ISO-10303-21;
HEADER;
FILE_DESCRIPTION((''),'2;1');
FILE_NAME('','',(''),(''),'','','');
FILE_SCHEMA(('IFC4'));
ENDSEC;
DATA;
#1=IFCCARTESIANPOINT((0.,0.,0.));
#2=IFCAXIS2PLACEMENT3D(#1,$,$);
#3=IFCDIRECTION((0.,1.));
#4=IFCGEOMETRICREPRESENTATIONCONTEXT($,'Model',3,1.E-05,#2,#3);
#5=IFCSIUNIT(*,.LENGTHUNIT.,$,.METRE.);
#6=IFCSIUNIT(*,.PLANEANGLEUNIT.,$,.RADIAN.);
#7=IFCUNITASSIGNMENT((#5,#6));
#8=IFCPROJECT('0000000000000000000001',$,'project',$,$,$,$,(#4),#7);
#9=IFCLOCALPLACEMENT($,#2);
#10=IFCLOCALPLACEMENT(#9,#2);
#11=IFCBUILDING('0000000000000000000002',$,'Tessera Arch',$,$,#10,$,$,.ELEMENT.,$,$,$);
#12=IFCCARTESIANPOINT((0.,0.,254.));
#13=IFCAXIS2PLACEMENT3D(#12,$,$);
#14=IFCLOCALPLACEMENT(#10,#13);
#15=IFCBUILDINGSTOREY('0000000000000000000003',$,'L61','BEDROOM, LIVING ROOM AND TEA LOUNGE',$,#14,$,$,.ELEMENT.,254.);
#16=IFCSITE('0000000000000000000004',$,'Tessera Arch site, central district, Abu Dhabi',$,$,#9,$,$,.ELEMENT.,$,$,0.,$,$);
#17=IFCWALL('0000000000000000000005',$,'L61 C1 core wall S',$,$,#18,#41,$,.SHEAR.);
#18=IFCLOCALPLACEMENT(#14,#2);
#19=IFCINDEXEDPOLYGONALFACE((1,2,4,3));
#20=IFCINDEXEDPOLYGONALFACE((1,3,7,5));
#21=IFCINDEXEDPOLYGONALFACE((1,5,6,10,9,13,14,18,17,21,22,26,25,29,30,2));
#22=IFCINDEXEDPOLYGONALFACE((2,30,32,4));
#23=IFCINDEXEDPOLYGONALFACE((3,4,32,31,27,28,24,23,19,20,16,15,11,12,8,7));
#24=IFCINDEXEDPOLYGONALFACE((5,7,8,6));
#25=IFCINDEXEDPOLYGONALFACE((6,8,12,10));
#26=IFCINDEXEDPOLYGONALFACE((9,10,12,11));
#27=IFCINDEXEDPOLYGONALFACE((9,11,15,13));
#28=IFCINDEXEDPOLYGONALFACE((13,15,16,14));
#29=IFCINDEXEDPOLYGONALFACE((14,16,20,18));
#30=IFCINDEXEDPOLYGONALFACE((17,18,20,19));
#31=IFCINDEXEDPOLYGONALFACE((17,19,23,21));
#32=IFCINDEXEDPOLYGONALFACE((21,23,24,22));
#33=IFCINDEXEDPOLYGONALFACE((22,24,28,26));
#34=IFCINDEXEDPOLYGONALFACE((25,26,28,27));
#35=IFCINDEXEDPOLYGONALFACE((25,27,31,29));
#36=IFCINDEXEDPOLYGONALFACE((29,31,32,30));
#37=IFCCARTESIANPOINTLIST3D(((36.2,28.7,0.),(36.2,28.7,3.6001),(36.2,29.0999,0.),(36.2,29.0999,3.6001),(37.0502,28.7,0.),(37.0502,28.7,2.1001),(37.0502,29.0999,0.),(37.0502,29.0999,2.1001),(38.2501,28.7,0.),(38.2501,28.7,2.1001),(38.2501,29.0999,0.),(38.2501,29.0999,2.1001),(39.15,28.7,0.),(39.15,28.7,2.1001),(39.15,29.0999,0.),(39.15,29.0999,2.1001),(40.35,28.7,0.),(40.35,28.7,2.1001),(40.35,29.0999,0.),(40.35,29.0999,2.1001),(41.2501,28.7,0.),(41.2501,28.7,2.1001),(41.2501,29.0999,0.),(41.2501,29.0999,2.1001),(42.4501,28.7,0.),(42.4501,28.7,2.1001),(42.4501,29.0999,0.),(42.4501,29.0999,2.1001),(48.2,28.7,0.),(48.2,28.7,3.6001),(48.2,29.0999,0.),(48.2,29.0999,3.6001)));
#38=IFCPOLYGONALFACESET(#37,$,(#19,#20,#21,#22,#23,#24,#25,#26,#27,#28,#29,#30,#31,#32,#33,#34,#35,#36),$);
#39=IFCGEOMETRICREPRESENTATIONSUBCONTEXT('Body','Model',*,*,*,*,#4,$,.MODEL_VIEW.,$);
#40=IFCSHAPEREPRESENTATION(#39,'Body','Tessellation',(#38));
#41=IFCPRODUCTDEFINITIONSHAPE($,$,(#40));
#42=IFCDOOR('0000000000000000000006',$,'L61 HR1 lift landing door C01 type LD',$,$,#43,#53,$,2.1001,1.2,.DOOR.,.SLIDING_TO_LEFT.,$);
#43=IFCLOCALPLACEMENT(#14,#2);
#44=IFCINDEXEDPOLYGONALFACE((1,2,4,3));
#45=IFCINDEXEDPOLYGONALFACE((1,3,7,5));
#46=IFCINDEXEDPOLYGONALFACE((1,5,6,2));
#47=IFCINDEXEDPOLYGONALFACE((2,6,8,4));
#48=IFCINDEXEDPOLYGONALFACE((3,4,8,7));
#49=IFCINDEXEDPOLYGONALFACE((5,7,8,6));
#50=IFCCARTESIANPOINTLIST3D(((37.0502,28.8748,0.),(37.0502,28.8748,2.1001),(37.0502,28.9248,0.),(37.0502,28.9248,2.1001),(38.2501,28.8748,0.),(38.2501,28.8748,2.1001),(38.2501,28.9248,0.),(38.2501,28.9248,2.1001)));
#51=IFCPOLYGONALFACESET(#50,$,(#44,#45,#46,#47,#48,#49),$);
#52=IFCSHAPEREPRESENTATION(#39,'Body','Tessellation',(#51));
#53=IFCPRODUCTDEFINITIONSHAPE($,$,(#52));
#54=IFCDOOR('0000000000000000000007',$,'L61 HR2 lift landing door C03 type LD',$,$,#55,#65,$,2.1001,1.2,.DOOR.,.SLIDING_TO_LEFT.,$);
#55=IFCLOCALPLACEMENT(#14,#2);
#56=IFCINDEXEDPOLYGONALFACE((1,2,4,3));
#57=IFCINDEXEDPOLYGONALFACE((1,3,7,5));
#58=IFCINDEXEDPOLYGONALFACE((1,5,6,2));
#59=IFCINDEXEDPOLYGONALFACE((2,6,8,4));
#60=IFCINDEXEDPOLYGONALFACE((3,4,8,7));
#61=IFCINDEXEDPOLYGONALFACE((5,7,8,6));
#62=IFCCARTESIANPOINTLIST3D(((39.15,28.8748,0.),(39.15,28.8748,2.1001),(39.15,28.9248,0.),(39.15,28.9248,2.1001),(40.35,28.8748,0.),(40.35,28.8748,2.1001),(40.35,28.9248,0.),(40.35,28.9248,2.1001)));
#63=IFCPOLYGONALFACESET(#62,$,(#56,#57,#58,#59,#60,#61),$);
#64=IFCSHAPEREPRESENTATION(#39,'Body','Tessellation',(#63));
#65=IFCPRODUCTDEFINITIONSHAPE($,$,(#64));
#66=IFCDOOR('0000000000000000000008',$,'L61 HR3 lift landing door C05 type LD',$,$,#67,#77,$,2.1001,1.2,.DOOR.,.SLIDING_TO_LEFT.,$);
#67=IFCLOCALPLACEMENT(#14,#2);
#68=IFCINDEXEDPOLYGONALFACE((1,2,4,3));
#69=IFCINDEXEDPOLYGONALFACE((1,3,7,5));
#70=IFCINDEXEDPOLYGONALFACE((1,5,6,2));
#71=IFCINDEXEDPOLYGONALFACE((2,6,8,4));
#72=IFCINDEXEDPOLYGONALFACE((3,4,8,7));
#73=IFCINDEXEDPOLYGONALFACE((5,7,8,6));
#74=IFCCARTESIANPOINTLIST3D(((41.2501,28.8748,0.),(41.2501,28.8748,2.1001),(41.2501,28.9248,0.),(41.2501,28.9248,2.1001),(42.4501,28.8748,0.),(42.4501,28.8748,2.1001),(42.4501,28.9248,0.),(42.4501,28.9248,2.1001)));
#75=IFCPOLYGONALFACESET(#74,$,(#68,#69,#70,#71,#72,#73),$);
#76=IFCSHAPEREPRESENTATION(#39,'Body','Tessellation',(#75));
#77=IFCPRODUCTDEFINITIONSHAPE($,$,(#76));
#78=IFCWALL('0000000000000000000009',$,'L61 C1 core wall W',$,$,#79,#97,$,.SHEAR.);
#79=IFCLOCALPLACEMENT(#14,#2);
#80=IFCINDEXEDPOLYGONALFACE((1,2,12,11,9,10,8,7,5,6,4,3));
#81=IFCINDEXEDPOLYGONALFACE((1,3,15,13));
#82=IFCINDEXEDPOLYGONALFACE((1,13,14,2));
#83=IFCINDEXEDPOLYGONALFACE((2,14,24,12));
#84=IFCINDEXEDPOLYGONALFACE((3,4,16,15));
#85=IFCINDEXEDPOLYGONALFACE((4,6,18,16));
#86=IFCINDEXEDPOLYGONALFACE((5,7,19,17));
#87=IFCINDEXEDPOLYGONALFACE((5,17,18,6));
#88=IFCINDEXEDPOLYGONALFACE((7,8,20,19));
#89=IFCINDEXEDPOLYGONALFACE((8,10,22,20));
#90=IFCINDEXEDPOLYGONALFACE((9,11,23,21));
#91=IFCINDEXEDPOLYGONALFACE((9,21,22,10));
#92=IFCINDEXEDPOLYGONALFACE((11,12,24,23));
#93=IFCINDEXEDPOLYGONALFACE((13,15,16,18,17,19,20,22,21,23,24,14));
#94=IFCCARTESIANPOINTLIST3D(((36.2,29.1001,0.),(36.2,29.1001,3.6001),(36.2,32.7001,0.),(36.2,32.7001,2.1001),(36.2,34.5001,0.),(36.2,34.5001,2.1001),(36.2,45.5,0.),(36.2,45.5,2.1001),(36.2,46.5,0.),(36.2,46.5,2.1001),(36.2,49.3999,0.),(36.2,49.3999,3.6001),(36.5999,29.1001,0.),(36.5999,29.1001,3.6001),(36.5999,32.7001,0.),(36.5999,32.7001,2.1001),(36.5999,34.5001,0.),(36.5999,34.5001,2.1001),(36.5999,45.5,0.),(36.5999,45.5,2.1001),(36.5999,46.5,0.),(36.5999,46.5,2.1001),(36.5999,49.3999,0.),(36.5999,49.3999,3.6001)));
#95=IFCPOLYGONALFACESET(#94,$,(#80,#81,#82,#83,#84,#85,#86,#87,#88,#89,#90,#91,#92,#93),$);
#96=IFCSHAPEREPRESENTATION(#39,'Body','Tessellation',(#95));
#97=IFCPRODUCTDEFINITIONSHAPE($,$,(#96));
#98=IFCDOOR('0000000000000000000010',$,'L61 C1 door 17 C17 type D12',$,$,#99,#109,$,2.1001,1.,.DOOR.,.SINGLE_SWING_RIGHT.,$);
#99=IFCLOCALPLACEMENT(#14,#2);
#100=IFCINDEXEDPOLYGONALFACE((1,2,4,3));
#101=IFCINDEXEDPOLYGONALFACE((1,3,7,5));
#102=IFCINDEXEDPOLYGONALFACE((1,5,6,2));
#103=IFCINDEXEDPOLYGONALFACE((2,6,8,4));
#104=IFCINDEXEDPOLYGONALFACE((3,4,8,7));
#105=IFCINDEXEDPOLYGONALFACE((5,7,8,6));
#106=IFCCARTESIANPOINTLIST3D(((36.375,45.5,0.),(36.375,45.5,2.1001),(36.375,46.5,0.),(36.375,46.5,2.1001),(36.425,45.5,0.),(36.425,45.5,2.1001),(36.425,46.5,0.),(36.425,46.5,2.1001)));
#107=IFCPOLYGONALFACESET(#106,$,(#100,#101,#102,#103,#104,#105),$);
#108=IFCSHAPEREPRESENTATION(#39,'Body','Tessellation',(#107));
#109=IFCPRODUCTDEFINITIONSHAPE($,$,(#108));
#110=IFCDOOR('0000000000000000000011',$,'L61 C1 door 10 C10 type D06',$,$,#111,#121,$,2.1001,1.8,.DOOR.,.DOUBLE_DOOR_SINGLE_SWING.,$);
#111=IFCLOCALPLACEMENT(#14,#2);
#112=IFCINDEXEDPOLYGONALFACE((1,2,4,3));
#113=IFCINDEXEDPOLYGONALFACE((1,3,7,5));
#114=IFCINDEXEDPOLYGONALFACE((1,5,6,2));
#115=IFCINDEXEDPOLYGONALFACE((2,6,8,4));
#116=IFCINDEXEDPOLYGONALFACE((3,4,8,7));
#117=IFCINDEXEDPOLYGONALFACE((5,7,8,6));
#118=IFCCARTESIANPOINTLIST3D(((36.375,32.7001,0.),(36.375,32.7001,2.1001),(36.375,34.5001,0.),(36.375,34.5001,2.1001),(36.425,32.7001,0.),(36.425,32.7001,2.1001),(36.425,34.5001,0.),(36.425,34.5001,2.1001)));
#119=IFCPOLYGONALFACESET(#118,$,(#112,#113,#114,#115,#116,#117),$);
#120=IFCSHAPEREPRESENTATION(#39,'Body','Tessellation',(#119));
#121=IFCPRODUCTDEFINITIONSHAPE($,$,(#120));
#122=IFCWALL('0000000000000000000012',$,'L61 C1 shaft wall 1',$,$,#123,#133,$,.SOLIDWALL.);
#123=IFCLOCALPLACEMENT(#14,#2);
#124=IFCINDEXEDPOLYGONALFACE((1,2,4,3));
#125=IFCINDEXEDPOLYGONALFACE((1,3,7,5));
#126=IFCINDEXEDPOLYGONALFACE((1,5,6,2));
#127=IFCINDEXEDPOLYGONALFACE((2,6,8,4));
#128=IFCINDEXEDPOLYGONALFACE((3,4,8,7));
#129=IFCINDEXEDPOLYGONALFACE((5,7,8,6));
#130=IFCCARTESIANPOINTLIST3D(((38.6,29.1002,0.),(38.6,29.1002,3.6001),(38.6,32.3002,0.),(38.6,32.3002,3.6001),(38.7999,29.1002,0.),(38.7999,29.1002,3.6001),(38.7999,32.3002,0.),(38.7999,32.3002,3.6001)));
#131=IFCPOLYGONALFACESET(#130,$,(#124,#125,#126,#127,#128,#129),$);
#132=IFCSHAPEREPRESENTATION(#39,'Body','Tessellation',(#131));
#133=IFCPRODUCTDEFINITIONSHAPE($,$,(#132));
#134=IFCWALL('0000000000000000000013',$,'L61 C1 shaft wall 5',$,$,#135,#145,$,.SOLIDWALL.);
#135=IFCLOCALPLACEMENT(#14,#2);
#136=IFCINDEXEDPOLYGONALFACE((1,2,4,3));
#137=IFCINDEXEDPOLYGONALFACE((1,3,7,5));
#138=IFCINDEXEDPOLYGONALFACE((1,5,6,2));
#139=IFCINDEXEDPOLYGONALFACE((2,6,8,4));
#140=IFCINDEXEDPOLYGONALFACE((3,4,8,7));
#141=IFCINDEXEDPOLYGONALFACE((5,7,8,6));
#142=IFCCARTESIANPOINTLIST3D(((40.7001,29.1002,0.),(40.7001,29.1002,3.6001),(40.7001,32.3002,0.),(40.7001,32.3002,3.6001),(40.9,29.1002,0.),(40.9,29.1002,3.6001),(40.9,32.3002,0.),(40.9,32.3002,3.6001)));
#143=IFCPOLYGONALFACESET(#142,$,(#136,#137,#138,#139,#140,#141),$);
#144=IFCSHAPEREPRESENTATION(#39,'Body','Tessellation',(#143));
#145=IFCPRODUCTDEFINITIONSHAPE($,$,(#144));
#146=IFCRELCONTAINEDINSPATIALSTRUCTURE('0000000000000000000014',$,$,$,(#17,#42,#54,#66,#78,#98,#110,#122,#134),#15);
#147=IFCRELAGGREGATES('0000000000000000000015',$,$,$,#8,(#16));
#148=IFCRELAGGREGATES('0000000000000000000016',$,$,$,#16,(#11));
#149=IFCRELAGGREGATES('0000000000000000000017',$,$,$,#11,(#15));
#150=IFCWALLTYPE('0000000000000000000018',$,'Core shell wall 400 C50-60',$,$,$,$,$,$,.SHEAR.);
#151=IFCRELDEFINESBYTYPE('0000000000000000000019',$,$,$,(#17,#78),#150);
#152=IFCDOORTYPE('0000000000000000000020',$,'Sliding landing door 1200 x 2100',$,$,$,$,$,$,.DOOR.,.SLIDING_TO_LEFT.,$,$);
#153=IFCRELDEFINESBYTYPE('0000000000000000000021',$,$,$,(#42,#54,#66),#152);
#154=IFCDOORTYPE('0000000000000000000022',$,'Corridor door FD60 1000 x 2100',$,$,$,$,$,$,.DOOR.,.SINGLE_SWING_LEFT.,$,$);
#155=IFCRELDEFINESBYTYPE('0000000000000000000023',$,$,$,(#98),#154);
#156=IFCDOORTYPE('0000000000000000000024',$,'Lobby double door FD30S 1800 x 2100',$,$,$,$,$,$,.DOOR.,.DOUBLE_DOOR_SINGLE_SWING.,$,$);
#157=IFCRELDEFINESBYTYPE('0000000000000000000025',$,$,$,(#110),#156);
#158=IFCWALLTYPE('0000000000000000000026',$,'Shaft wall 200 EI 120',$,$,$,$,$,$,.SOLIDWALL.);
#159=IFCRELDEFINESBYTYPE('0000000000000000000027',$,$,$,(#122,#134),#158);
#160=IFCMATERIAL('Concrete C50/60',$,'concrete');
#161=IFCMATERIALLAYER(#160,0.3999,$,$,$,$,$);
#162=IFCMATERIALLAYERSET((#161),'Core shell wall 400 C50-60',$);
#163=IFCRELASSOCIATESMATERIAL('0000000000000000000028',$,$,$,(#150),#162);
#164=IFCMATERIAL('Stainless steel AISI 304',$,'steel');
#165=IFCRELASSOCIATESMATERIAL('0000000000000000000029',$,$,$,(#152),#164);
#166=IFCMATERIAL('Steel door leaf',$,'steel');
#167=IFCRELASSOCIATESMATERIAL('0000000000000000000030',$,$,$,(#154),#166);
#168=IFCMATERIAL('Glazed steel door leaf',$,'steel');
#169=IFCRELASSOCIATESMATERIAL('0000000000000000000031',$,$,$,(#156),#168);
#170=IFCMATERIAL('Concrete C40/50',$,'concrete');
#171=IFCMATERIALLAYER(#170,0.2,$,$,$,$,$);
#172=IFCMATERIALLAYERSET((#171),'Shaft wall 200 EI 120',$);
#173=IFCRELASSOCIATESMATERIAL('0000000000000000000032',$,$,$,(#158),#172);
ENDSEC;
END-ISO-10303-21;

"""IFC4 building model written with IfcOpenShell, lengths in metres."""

from ifc_helpers import new_model, si_unit, direction, frame, frame_2d, origin, place, context, subcontext, project, spatial, rectangle, extrude, material, layer, layer_set, type_object, element, fill, save


model = new_model("IFC4")

# Units and contexts
model_context = context("Model", 3, precision=1e-05, world=origin(), true_north=direction((0.0, 1.0)))
body_context = subcontext(model_context, "Body", "Model", "MODEL_VIEW")
ifc_project = project(units=[si_unit("LENGTHUNIT", "METRE"), si_unit("PLANEANGLEUNIT", "RADIAN")], contexts=[model_context])

# Site, building, storey
site_placement = place(None, origin())
site = spatial("IfcSite", under=ifc_project, at=site_placement, Name="Tessera Arch site, central district, Abu Dhabi", CompositionType="ELEMENT", RefElevation=0.0)
building_placement = place(site_placement, origin())
building = spatial("IfcBuilding", under=site, at=building_placement, Name="Tessera Arch", CompositionType="ELEMENT")
storey_placement = place(building_placement, frame((0.0, 0.0, 254.0)))
storey = spatial("IfcBuildingStorey", under=building, at=storey_placement, Name="L61", Description="BEDROOM, LIVING ROOM AND TEA LOUNGE", CompositionType="ELEMENT", Elevation=254.0)

# Walls, openings, doors
ifc_material_1 = material(Name="Concrete C50/60", Category="concrete")
ifc_layer_1 = layer(ifc_material_1, 0.3999)
ifc_layer_set_1 = layer_set([ifc_layer_1], Name="Core shell wall 400 C50-60")
wall_type_1 = type_object("IfcWallType", Name="Core shell wall 400 C50-60", PredefinedType="SHEAR", material=ifc_layer_set_1)
wall_1_placement = place(storey_placement, frame((36.2, 28.8999, 0.0), z_axis=(0.0, 0.0, 1.0), x_axis=(1.0, 0.0, 0.0)))
wall_1 = element("IfcWall", 1, at=wall_1_placement, inside=storey, type_object=wall_type_1, Name="L61 C1 core wall S", PredefinedType="SHEAR", context=body_context, shape_type="SweptSolid", body=[
    extrude(rectangle(XDim=12.0, YDim=0.3999, at=frame_2d((6.0, 0.0))), origin(), (0.0, 0.0, 1.0), 3.6001),
])
opening_1_placement = place(wall_1_placement, frame((0.8501, 0.0, 0.0)))
opening_1 = element("IfcOpeningElement", 2, at=opening_1_placement, cuts=wall_1, PredefinedType="OPENING", context=body_context, shape_type="SweptSolid", body=[
    extrude(rectangle(XDim=1.2, YDim=2.1001, at=frame_2d((0.6001, 1.05))), frame((0.0, 0.21, 0.0), z_axis=(0.0, -1.0, 0.0), x_axis=(1.0, 0.0, 0.0)), (0.0, 0.0, 1.0), 0.4199),
])
opening_2_placement = place(wall_1_placement, frame((2.95, 0.0, 0.0)))
opening_2 = element("IfcOpeningElement", 3, at=opening_2_placement, cuts=wall_1, PredefinedType="OPENING", context=body_context, shape_type="SweptSolid", body=[
    extrude(rectangle(XDim=1.2, YDim=2.1001, at=frame_2d((0.6001, 1.05))), frame((0.0, 0.21, 0.0), z_axis=(0.0, -1.0, 0.0), x_axis=(1.0, 0.0, 0.0)), (0.0, 0.0, 1.0), 0.4199),
])
opening_3_placement = place(wall_1_placement, frame((5.05, 0.0, 0.0)))
opening_3 = element("IfcOpeningElement", 4, at=opening_3_placement, cuts=wall_1, PredefinedType="OPENING", context=body_context, shape_type="SweptSolid", body=[
    extrude(rectangle(XDim=1.2, YDim=2.1001, at=frame_2d((0.6001, 1.05))), frame((0.0, 0.21, 0.0), z_axis=(0.0, -1.0, 0.0), x_axis=(1.0, 0.0, 0.0)), (0.0, 0.0, 1.0), 0.4199),
])
ifc_material_2 = material(Name="Stainless steel AISI 304", Category="steel")
door_type_1 = type_object("IfcDoorType", Name="Sliding landing door 1200 x 2100", OperationType="SLIDING_TO_LEFT", PredefinedType="DOOR", material=ifc_material_2)
door_1_placement = place(opening_1_placement, origin())
door_1 = element("IfcDoor", 5, at=door_1_placement, inside=storey, type_object=door_type_1, Name="L61 HR1 lift landing door C01 type LD", OperationType="SLIDING_TO_LEFT", OverallHeight=2.1001, OverallWidth=1.2, PredefinedType="DOOR", context=body_context, shape_type="SweptSolid", body=[
    extrude(rectangle(XDim=1.2, YDim=2.1001, at=frame_2d((0.6001, 1.05))), frame((0.0, 0.0249, 0.0), z_axis=(0.0, -1.0, 0.0), x_axis=(1.0, 0.0, 0.0)), (0.0, 0.0, 1.0), 0.05),
])
fill(opening_1, door_1)
door_2_placement = place(opening_2_placement, origin())
door_2 = element("IfcDoor", 6, at=door_2_placement, inside=storey, type_object=door_type_1, Name="L61 HR2 lift landing door C03 type LD", OperationType="SLIDING_TO_LEFT", OverallHeight=2.1001, OverallWidth=1.2, PredefinedType="DOOR", context=body_context, shape_type="SweptSolid", body=[
    extrude(rectangle(XDim=1.2, YDim=2.1001, at=frame_2d((0.6001, 1.05))), frame((0.0, 0.0249, 0.0), z_axis=(0.0, -1.0, 0.0), x_axis=(1.0, 0.0, 0.0)), (0.0, 0.0, 1.0), 0.05),
])
fill(opening_2, door_2)
door_3_placement = place(opening_3_placement, origin())
door_3 = element("IfcDoor", 7, at=door_3_placement, inside=storey, type_object=door_type_1, Name="L61 HR3 lift landing door C05 type LD", OperationType="SLIDING_TO_LEFT", OverallHeight=2.1001, OverallWidth=1.2, PredefinedType="DOOR", context=body_context, shape_type="SweptSolid", body=[
    extrude(rectangle(XDim=1.2, YDim=2.1001, at=frame_2d((0.6001, 1.05))), frame((0.0, 0.0249, 0.0), z_axis=(0.0, -1.0, 0.0), x_axis=(1.0, 0.0, 0.0)), (0.0, 0.0, 1.0), 0.05),
])
fill(opening_3, door_3)
wall_2_placement = place(storey_placement, frame((36.3999, 29.1001, 0.0), z_axis=(0.0, 0.0, 1.0), x_axis=(0.0, 1.0, 0.0)))
wall_2 = element("IfcWall", 8, at=wall_2_placement, inside=storey, type_object=wall_type_1, Name="L61 C1 core wall W", PredefinedType="SHEAR", context=body_context, shape_type="SweptSolid", body=[
    extrude(rectangle(XDim=20.2998, YDim=0.3999, at=frame_2d((10.1499, 0.0))), origin(), (0.0, 0.0, 1.0), 3.6001),
])
opening_4_placement = place(wall_2_placement, frame((3.6001, 0.0, 0.0)))
opening_4 = element("IfcOpeningElement", 9, at=opening_4_placement, cuts=wall_2, PredefinedType="OPENING", context=body_context, shape_type="SweptSolid", body=[
    extrude(rectangle(XDim=1.8, YDim=2.1001, at=frame_2d((0.8999, 1.05))), frame((0.0, 0.21, 0.0), z_axis=(0.0, -1.0, 0.0), x_axis=(1.0, 0.0, 0.0)), (0.0, 0.0, 1.0), 0.4199),
])
opening_5_placement = place(wall_2_placement, frame((16.3999, 0.0, 0.0)))
opening_5 = element("IfcOpeningElement", 10, at=opening_5_placement, cuts=wall_2, PredefinedType="OPENING", context=body_context, shape_type="SweptSolid", body=[
    extrude(rectangle(XDim=1.0, YDim=2.1001, at=frame_2d((0.5, 1.05))), frame((0.0, 0.21, 0.0), z_axis=(0.0, -1.0, 0.0), x_axis=(1.0, 0.0, 0.0)), (0.0, 0.0, 1.0), 0.4199),
])
ifc_material_3 = material(Name="Steel door leaf", Category="steel")
door_type_2 = type_object("IfcDoorType", Name="Corridor door FD60 1000 x 2100", OperationType="SINGLE_SWING_LEFT", PredefinedType="DOOR", material=ifc_material_3)
door_4_placement = place(opening_5_placement, origin())
door_4 = element("IfcDoor", 11, at=door_4_placement, inside=storey, type_object=door_type_2, Name="L61 C1 door 17 C17 type D12", OperationType="SINGLE_SWING_RIGHT", OverallHeight=2.1001, OverallWidth=1.0, PredefinedType="DOOR", context=body_context, shape_type="SweptSolid", body=[
    extrude(rectangle(XDim=1.0, YDim=2.1001, at=frame_2d((0.5, 1.05))), frame((0.0, 0.0249, 0.0), z_axis=(0.0, -1.0, 0.0), x_axis=(1.0, 0.0, 0.0)), (0.0, 0.0, 1.0), 0.05),
])
fill(opening_5, door_4)
ifc_material_4 = material(Name="Glazed steel door leaf", Category="steel")
door_type_3 = type_object("IfcDoorType", Name="Lobby double door FD30S 1800 x 2100", OperationType="DOUBLE_DOOR_SINGLE_SWING", PredefinedType="DOOR", material=ifc_material_4)
door_5_placement = place(opening_4_placement, origin())
door_5 = element("IfcDoor", 12, at=door_5_placement, inside=storey, type_object=door_type_3, Name="L61 C1 door 10 C10 type D06", OperationType="DOUBLE_DOOR_SINGLE_SWING", OverallHeight=2.1001, OverallWidth=1.8, PredefinedType="DOOR", context=body_context, shape_type="SweptSolid", body=[
    extrude(rectangle(XDim=1.8, YDim=2.1001, at=frame_2d((0.8999, 1.05))), frame((0.0, 0.0249, 0.0), z_axis=(0.0, -1.0, 0.0), x_axis=(1.0, 0.0, 0.0)), (0.0, 0.0, 1.0), 0.05),
])
fill(opening_4, door_5)

# Walls
ifc_material_5 = material(Name="Concrete C40/50", Category="concrete")
ifc_layer_2 = layer(ifc_material_5, 0.2)
ifc_layer_set_2 = layer_set([ifc_layer_2], Name="Shaft wall 200 EI 120")
wall_type_2 = type_object("IfcWallType", Name="Shaft wall 200 EI 120", PredefinedType="SOLIDWALL", material=ifc_layer_set_2)
for number, where, z_axis, x_axis, name in (
    (13, (38.7, 29.1001, 0.0), (0.0, 0.0, 1.0), (0.0, 1.0, 0.0), "L61 C1 shaft wall 1"),
    (14, (40.8, 29.1001, 0.0), (0.0, 0.0, 1.0), (0.0, 1.0, 0.0), "L61 C1 shaft wall 5"),
):
    element("IfcWall", number, at=place(storey_placement, frame(where, z_axis=z_axis, x_axis=x_axis)), inside=storey, type_object=wall_type_2, Name=name, PredefinedType="SOLIDWALL", context=body_context, shape_type="SweptSolid", body=[
        extrude(rectangle(XDim=3.2, YDim=0.2, at=frame_2d((1.6001, 0.0))), origin(), (0.0, 0.0, 1.0), 3.6001),
    ])

save(model, "model.ifc")
